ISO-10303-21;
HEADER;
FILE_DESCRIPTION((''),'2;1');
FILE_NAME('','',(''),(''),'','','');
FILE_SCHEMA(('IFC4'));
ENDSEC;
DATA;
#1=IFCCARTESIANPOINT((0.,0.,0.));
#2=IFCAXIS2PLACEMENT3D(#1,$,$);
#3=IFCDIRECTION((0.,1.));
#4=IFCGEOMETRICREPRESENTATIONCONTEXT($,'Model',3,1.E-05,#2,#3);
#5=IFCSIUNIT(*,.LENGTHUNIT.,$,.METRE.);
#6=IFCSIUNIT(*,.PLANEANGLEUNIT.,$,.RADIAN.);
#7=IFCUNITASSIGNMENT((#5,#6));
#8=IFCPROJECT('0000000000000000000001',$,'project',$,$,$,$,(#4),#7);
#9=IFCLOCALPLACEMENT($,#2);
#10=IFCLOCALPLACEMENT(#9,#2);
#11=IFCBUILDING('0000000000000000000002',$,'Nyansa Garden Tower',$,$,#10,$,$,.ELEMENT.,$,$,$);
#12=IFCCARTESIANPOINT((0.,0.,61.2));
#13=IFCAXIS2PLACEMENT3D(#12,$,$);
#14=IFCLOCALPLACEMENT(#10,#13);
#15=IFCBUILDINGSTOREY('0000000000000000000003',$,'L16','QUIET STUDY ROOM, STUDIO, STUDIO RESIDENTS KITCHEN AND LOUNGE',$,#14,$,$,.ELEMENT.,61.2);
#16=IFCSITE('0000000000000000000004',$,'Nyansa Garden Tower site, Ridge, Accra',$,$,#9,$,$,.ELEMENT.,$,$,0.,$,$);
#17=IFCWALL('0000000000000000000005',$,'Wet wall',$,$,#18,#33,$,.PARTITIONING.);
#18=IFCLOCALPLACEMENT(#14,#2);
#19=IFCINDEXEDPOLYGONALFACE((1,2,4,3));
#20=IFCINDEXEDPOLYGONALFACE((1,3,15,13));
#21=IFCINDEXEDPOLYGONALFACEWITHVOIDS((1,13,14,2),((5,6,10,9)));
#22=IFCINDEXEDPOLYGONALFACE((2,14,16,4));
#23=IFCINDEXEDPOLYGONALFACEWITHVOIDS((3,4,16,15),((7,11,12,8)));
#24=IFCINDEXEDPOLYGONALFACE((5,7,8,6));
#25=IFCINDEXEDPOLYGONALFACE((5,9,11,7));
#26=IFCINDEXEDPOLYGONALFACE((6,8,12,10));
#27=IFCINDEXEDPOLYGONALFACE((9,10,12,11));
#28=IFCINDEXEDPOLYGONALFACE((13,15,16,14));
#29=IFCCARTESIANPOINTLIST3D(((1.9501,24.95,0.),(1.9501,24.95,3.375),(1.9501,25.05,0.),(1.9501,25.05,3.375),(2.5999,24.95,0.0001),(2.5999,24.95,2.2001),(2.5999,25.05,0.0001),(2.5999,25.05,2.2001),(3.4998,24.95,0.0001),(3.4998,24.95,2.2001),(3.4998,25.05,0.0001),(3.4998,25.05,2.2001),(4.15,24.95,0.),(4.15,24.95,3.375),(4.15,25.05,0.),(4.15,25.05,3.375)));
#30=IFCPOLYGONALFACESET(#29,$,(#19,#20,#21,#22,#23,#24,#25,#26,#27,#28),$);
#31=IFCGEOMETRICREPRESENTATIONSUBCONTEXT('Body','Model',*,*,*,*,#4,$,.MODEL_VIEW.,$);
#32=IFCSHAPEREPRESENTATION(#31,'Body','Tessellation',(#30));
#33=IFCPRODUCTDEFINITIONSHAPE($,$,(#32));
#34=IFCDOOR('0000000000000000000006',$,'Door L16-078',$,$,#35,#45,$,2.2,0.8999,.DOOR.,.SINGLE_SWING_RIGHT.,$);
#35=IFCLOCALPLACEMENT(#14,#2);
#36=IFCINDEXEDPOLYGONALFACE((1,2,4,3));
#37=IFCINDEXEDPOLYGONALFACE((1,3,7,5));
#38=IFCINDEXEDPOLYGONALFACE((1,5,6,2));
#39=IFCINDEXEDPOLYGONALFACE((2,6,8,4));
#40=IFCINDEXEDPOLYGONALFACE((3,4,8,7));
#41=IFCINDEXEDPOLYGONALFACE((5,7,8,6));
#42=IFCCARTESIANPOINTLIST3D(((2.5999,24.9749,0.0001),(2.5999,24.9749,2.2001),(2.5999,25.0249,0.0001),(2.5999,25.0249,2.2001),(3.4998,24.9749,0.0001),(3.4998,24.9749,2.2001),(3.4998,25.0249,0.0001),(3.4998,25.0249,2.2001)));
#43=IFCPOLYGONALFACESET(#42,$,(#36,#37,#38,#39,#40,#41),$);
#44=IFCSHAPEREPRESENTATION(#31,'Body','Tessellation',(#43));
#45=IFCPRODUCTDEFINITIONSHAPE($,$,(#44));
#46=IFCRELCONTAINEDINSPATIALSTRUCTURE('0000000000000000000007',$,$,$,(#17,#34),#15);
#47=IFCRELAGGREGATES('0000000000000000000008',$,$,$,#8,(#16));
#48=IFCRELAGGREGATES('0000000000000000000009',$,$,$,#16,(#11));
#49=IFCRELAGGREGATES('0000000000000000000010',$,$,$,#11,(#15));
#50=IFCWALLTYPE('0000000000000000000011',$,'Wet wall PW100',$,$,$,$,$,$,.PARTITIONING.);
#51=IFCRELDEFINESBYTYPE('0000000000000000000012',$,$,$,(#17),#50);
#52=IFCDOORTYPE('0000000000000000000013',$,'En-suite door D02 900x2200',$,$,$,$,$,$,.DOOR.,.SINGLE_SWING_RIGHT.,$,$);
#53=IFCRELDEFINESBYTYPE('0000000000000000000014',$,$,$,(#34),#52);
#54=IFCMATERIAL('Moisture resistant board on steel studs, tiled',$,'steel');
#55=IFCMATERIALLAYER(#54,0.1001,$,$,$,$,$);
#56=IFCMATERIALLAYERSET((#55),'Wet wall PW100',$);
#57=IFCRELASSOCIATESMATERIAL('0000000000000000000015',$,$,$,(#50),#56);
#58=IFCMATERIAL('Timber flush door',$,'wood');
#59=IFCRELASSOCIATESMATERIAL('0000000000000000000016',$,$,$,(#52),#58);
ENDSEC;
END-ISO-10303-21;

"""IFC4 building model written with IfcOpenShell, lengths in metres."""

from ifc_helpers import new_model, si_unit, direction, frame, frame_2d, origin, place, context, subcontext, project, spatial, rectangle, extrude, material, layer, layer_set, type_object, element, fill, save


model = new_model("IFC4")

# Units and contexts
model_context = context("Model", 3, precision=1e-05, world=origin(), true_north=direction((0.0, 1.0)))
body_context = subcontext(model_context, "Body", "Model", "MODEL_VIEW")
ifc_project = project(units=[si_unit("LENGTHUNIT", "METRE"), si_unit("PLANEANGLEUNIT", "RADIAN")], contexts=[model_context])

# Site, building, storey
site_placement = place(None, origin())
site = spatial("IfcSite", under=ifc_project, at=site_placement, Name="Nyansa Garden Tower site, Ridge, Accra", CompositionType="ELEMENT", RefElevation=0.0)
building_placement = place(site_placement, origin())
building = spatial("IfcBuilding", under=site, at=building_placement, Name="Nyansa Garden Tower", CompositionType="ELEMENT")
storey_placement = place(building_placement, frame((0.0, 0.0, 61.2)))
storey = spatial("IfcBuildingStorey", under=building, at=storey_placement, Name="L16", Description="QUIET STUDY ROOM, STUDIO, STUDIO RESIDENTS KITCHEN AND LOUNGE", CompositionType="ELEMENT", Elevation=61.2)

# Shared definitions
ifc_material_1 = material(Name="Moisture resistant board on steel studs, tiled", Category="steel")
ifc_layer_1 = layer(ifc_material_1, 0.1001)
ifc_layer_set_1 = layer_set([ifc_layer_1], Name="Wet wall PW100")
wall_type_1 = type_object("IfcWallType", Name="Wet wall PW100", PredefinedType="PARTITIONING", material=ifc_layer_set_1)

# Shared definitions
ifc_material_2 = material(Name="Timber flush door", Category="wood")
door_type_1 = type_object("IfcDoorType", Name="En-suite door D02 900x2200", OperationType="SINGLE_SWING_RIGHT", PredefinedType="DOOR", material=ifc_material_2)

# Wall, opening, door
wall_1_placement = place(storey_placement, frame((1.95, 25.0, 0.0), z_axis=(0.0, 0.0, 1.0), x_axis=(1.0, 0.0, 0.0)))
wall_1 = element("IfcWall", 1, at=wall_1_placement, inside=storey, type_object=wall_type_1, Name="Wet wall", PredefinedType="PARTITIONING", context=body_context, shape_type="SweptSolid", body=[
    extrude(rectangle(XDim=2.2, YDim=0.1001, at=frame_2d((1.1001, 0.0))), origin(), (0.0, 0.0, 1.0), 3.375),
])
opening_1_placement = place(wall_1_placement, frame((0.6499, 0.0, 0.0)))
opening_1 = element("IfcOpeningElement", 2, at=opening_1_placement, cuts=wall_1, PredefinedType="OPENING", context=body_context, shape_type="SweptSolid", body=[
    extrude(rectangle(XDim=0.8999, YDim=2.2, at=frame_2d((0.45, 1.1001))), frame((0.0, 0.0601, 0.0), z_axis=(0.0, -1.0, 0.0), x_axis=(1.0, 0.0, 0.0)), (0.0, 0.0, 1.0), 0.1201),
])
door_1_placement = place(opening_1_placement, origin())
door_1 = element("IfcDoor", 3, at=door_1_placement, inside=storey, type_object=door_type_1, Name="Door L16-078", OperationType="SINGLE_SWING_RIGHT", OverallHeight=2.2, OverallWidth=0.8999, PredefinedType="DOOR", context=body_context, shape_type="SweptSolid", body=[
    extrude(rectangle(XDim=0.8999, YDim=2.2, at=frame_2d((0.45, 1.1001))), frame((0.0, 0.0249, 0.0), z_axis=(0.0, -1.0, 0.0), x_axis=(1.0, 0.0, 0.0)), (0.0, 0.0, 1.0), 0.05),
])
fill(opening_1, door_1)

save(model, "model.ifc")
